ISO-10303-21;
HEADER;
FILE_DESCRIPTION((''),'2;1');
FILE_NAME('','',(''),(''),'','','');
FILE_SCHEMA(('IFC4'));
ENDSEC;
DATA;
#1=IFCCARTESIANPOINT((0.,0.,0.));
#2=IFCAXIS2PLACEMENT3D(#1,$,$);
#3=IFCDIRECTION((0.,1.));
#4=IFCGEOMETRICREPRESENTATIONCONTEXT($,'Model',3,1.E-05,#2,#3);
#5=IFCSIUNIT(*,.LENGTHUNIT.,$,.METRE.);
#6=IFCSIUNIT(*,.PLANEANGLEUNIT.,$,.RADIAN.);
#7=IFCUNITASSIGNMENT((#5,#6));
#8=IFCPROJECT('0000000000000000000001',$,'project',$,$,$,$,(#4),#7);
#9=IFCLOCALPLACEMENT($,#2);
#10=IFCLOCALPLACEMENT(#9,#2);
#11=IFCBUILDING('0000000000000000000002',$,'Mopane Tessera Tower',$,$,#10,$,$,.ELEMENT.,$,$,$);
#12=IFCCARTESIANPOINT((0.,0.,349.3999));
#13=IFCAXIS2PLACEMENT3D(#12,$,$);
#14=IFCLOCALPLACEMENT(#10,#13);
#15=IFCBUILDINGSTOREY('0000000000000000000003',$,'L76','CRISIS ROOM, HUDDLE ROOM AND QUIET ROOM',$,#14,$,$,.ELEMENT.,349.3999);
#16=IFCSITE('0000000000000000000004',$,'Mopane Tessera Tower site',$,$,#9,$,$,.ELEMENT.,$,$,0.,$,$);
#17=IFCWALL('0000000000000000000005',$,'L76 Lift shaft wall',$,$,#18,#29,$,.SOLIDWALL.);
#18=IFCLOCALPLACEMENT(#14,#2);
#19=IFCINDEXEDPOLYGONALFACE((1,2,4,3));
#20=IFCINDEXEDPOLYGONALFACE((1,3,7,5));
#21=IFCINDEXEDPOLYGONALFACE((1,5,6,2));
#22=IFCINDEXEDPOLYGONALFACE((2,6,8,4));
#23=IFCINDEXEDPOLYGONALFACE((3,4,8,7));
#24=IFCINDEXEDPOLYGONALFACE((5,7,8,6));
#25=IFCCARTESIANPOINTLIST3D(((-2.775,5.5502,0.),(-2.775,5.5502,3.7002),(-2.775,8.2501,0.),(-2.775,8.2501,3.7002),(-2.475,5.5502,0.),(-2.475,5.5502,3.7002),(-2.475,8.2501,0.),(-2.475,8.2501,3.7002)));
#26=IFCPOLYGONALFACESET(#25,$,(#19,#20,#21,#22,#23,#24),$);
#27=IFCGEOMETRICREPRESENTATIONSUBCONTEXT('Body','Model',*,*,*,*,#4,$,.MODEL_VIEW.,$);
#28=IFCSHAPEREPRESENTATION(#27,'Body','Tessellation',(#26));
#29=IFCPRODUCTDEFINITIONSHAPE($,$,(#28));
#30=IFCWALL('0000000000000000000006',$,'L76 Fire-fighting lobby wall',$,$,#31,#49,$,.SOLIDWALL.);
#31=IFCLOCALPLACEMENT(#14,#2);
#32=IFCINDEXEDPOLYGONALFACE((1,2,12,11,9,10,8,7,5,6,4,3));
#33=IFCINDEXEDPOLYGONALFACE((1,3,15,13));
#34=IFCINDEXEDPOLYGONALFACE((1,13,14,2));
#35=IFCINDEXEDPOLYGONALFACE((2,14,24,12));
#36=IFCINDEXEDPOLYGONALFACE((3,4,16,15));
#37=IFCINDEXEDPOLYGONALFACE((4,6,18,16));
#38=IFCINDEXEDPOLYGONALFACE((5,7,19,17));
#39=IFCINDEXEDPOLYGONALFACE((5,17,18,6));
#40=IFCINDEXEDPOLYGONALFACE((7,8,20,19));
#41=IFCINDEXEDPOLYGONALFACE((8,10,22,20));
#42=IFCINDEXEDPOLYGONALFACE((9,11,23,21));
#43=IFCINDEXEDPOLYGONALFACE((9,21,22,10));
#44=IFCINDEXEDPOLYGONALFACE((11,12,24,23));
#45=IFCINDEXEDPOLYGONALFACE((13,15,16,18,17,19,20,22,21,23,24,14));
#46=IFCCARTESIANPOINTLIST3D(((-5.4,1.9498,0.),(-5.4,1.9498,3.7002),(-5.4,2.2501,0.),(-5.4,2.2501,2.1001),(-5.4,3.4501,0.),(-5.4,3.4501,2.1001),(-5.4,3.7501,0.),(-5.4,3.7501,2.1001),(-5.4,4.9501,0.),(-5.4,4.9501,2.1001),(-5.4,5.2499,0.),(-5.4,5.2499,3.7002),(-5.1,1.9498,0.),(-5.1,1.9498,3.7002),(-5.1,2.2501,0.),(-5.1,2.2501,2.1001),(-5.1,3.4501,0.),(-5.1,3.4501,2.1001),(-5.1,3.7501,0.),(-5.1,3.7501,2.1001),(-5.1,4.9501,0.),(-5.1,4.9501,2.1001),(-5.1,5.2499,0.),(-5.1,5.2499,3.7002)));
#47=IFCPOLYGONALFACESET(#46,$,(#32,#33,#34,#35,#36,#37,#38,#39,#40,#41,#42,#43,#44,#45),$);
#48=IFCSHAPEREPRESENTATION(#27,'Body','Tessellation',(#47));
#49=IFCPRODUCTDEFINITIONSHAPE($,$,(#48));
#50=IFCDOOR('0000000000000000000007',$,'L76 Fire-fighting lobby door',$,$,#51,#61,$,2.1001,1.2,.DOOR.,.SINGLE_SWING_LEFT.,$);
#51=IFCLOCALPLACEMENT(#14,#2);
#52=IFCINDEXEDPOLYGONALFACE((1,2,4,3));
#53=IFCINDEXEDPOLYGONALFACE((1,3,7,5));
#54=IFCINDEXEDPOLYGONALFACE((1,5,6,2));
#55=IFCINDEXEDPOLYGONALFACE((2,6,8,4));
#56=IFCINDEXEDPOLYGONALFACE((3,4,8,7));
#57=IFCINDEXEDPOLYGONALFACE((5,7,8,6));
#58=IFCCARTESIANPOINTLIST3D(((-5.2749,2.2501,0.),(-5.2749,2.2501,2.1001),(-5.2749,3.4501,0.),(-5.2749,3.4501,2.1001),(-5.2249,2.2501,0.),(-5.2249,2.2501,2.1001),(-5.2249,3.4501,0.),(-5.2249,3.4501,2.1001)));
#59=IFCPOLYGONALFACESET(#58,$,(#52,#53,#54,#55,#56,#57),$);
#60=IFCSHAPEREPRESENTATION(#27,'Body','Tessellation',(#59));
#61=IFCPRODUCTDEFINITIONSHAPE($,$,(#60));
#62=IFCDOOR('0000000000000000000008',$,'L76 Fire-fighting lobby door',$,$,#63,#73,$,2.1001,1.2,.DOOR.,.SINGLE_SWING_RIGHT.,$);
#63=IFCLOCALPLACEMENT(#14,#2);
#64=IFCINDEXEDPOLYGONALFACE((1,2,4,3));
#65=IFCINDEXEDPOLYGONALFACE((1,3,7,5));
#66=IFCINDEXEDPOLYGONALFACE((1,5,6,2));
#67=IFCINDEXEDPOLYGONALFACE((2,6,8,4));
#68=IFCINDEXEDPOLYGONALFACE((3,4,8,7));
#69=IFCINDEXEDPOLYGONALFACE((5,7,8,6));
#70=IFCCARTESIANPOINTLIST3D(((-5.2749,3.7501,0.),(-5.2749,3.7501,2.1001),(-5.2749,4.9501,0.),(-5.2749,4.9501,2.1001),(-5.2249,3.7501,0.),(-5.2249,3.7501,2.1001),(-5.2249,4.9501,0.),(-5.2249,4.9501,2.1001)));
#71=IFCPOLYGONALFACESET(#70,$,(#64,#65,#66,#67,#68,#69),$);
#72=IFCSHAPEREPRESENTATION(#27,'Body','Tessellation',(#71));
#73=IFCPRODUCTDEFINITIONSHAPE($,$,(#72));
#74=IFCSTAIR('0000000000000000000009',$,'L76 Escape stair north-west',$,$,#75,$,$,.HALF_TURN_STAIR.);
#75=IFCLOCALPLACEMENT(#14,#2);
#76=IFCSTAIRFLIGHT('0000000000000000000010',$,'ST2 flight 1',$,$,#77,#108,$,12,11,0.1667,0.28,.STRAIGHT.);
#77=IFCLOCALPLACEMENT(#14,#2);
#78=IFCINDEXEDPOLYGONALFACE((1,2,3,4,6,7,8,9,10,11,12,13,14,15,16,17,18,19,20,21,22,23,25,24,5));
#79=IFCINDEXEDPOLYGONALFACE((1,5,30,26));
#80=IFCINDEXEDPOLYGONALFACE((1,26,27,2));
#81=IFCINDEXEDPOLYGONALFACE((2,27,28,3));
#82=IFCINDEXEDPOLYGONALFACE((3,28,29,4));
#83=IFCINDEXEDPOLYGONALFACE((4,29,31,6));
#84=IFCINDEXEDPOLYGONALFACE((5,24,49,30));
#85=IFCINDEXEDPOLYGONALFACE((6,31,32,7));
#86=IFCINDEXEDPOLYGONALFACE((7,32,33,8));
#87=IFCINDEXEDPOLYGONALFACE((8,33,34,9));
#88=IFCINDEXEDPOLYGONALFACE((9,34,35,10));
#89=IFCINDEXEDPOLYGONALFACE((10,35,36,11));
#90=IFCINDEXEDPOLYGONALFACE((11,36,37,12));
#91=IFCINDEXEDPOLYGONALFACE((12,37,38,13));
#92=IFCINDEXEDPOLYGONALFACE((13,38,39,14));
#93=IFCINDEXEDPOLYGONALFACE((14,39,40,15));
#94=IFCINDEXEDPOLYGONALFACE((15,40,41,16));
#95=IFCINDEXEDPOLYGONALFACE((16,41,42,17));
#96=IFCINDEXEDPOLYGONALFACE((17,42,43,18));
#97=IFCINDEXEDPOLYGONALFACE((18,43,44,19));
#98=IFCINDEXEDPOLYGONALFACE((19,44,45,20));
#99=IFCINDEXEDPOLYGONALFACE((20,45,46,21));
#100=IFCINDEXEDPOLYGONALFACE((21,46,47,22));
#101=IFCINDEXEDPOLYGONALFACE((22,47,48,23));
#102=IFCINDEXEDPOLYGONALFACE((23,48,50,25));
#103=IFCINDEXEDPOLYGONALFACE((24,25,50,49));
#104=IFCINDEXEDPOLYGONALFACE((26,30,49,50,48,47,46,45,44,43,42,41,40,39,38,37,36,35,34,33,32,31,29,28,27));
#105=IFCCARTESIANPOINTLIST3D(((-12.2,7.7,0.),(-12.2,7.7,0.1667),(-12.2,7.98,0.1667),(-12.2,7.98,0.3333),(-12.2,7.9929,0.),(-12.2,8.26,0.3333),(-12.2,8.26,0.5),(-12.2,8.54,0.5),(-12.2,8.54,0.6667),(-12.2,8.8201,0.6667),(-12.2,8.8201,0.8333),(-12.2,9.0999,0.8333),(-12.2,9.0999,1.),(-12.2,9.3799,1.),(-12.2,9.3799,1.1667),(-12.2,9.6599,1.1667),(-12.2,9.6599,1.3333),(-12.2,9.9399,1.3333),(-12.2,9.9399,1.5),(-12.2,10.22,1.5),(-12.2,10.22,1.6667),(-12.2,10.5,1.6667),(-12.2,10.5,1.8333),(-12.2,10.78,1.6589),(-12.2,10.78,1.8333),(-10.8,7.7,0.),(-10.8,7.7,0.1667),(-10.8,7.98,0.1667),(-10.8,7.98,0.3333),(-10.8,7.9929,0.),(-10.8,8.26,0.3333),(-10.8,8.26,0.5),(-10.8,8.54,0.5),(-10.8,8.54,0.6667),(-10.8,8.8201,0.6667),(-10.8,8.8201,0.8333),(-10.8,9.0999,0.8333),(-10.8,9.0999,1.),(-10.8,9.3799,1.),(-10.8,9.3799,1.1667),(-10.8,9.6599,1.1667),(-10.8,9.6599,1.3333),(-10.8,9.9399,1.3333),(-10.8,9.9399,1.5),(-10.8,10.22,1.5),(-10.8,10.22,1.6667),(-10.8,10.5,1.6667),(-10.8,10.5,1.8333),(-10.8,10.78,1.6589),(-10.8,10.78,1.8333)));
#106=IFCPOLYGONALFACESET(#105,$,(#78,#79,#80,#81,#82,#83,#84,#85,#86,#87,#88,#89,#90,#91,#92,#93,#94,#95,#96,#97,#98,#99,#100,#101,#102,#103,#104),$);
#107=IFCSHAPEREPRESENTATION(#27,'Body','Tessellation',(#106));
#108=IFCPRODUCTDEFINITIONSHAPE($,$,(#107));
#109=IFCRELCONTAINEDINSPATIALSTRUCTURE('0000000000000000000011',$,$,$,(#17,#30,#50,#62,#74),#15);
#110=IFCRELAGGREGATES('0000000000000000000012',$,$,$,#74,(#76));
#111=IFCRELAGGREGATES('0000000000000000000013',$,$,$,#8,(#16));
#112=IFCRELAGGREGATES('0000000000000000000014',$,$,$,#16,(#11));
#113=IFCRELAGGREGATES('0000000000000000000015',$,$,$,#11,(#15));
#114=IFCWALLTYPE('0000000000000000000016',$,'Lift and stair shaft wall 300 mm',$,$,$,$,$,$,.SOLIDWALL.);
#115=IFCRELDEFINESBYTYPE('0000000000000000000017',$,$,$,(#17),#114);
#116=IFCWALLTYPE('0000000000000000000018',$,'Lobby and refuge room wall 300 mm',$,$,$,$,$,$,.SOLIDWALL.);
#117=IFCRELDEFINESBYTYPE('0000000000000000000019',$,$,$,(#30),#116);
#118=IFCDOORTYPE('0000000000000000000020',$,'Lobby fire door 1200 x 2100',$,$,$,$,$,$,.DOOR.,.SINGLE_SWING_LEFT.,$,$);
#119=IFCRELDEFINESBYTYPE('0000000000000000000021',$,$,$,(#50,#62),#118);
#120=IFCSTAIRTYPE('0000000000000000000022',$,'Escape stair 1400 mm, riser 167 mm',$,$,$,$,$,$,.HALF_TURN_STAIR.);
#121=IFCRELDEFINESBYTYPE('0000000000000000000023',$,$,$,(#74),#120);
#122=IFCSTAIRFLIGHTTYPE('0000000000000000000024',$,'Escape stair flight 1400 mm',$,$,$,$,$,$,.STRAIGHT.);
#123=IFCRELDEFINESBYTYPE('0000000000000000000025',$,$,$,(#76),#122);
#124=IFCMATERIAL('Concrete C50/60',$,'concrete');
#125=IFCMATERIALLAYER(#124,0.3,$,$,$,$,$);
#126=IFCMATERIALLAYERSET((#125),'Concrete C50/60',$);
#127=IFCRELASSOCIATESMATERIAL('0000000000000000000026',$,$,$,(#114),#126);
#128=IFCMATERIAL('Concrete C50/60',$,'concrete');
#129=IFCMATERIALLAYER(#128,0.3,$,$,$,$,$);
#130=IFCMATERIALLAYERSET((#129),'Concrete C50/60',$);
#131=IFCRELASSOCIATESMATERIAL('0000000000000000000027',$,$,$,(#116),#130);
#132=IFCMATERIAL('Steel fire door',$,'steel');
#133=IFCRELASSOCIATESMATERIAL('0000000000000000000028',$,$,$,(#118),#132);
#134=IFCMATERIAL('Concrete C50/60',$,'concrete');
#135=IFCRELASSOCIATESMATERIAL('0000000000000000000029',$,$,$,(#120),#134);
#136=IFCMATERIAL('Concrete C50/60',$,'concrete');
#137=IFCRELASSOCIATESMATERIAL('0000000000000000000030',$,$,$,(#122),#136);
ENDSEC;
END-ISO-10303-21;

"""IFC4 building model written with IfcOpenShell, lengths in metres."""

from ifc_helpers import new_model, si_unit, direction, frame, frame_2d, origin, place, context, subcontext, project, spatial, polyline, rectangle, outline, extrude, material, layer, layer_set, type_object, element, fill, aggregate, save


model = new_model("IFC4")

# Units and contexts
model_context = context("Model", 3, precision=1e-05, world=origin(), true_north=direction((0.0, 1.0)))
body_context = subcontext(model_context, "Body", "Model", "MODEL_VIEW")
ifc_project = project(units=[si_unit("LENGTHUNIT", "METRE"), si_unit("PLANEANGLEUNIT", "RADIAN")], contexts=[model_context])

# Site, building, storey
site_placement = place(None, origin())
site = spatial("IfcSite", under=ifc_project, at=site_placement, Name="Mopane Tessera Tower site", CompositionType="ELEMENT", RefElevation=0.0)
building_placement = place(site_placement, origin())
building = spatial("IfcBuilding", under=site, at=building_placement, Name="Mopane Tessera Tower", CompositionType="ELEMENT")
storey_placement = place(building_placement, frame((0.0, 0.0, 349.3999)))
storey = spatial("IfcBuildingStorey", under=building, at=storey_placement, Name="L76", Description="CRISIS ROOM, HUDDLE ROOM AND QUIET ROOM", CompositionType="ELEMENT", Elevation=349.3999)

# Shared definitions
ifc_material_1 = material(Name="Concrete C50/60", Category="concrete")
ifc_layer_1 = layer(ifc_material_1, 0.3)
ifc_layer_set_1 = layer_set([ifc_layer_1], Name="Concrete C50/60")
wall_type_1 = type_object("IfcWallType", Name="Lift and stair shaft wall 300 mm", PredefinedType="SOLIDWALL", material=ifc_layer_set_1)

# Wall
for number, where, z_axis, x_axis, name in (
    (1, (-2.625, 5.55, 0.0), (0.0, 0.0, 1.0), (0.0, 1.0, 0.0), "L76 Lift shaft wall"),
):
    element("IfcWall", number, at=place(storey_placement, frame(where, z_axis=z_axis, x_axis=x_axis)), inside=storey, type_object=wall_type_1, Name=name, PredefinedType="SOLIDWALL", context=body_context, shape_type="SweptSolid", body=[
        extrude(rectangle(XDim=2.7, YDim=0.3, at=frame_2d((1.3501, 0.0))), origin(), (0.0, 0.0, 1.0), 3.7002),
    ])

# Wall, openings, doors
ifc_material_2 = material(Name="Concrete C50/60", Category="concrete")
ifc_layer_2 = layer(ifc_material_2, 0.3)
ifc_layer_set_2 = layer_set([ifc_layer_2], Name="Concrete C50/60")
wall_type_2 = type_object("IfcWallType", Name="Lobby and refuge room wall 300 mm", PredefinedType="SOLIDWALL", material=ifc_layer_set_2)
wall_1_placement = place(storey_placement, frame((-5.25, 1.95, 0.0), z_axis=(0.0, 0.0, 1.0), x_axis=(0.0, 1.0, 0.0)))
wall_1 = element("IfcWall", 2, at=wall_1_placement, inside=storey, type_object=wall_type_2, Name="L76 Fire-fighting lobby wall", PredefinedType="SOLIDWALL", context=body_context, shape_type="SweptSolid", body=[
    extrude(rectangle(XDim=3.3, YDim=0.3, at=frame_2d((1.6499, 0.0))), origin(), (0.0, 0.0, 1.0), 3.7002),
])
opening_1_placement = place(wall_1_placement, frame((0.3, 0.0, 0.0)))
opening_1 = element("IfcOpeningElement", 3, at=opening_1_placement, cuts=wall_1, PredefinedType="OPENING", context=body_context, shape_type="SweptSolid", body=[
    extrude(rectangle(XDim=1.2, YDim=2.1001, at=frame_2d((0.6001, 1.05))), frame((0.0, 0.1621, 0.0), z_axis=(0.0, -1.0, 0.0), x_axis=(1.0, 0.0, 0.0)), (0.0, 0.0, 1.0), 0.324),
])
opening_2_placement = place(wall_1_placement, frame((1.8, 0.0, 0.0)))
opening_2 = element("IfcOpeningElement", 4, at=opening_2_placement, cuts=wall_1, PredefinedType="OPENING", context=body_context, shape_type="SweptSolid", body=[
    extrude(rectangle(XDim=1.2, YDim=2.1001, at=frame_2d((0.6001, 1.05))), frame((0.0, 0.1621, 0.0), z_axis=(0.0, -1.0, 0.0), x_axis=(1.0, 0.0, 0.0)), (0.0, 0.0, 1.0), 0.324),
])
ifc_material_3 = material(Name="Steel fire door", Category="steel")
door_type_1 = type_object("IfcDoorType", Name="Lobby fire door 1200 x 2100", OperationType="SINGLE_SWING_LEFT", PredefinedType="DOOR", material=ifc_material_3)
door_1_placement = place(opening_1_placement, origin())
door_1 = element("IfcDoor", 5, at=door_1_placement, inside=storey, type_object=door_type_1, Name="L76 Fire-fighting lobby door", OperationType="SINGLE_SWING_LEFT", OverallHeight=2.1001, OverallWidth=1.2, PredefinedType="DOOR", context=body_context, shape_type="SweptSolid", body=[
    extrude(rectangle(XDim=1.2, YDim=2.1001, at=frame_2d((0.6001, 1.05))), frame((0.0, 0.0249, 0.0), z_axis=(0.0, -1.0, 0.0), x_axis=(1.0, 0.0, 0.0)), (0.0, 0.0, 1.0), 0.05),
])
fill(opening_1, door_1)
door_2_placement = place(opening_2_placement, origin())
door_2 = element("IfcDoor", 6, at=door_2_placement, inside=storey, type_object=door_type_1, Name="L76 Fire-fighting lobby door", OperationType="SINGLE_SWING_RIGHT", OverallHeight=2.1001, OverallWidth=1.2, PredefinedType="DOOR", context=body_context, shape_type="SweptSolid", body=[
    extrude(rectangle(XDim=1.2, YDim=2.1001, at=frame_2d((0.6001, 1.05))), frame((0.0, 0.0249, 0.0), z_axis=(0.0, -1.0, 0.0), x_axis=(1.0, 0.0, 0.0)), (0.0, 0.0, 1.0), 0.05),
])
fill(opening_2, door_2)

# Stair, stair flight
ifc_material_4 = material(Name="Concrete C50/60", Category="concrete")
stair_type = type_object("IfcStairType", Name="Escape stair 1400 mm, riser 167 mm", PredefinedType="HALF_TURN_STAIR", material=ifc_material_4)
stair_placement = place(storey_placement, origin())
stair = element("IfcStair", 7, at=stair_placement, inside=storey, type_object=stair_type, Name="L76 Escape stair north-west", PredefinedType="HALF_TURN_STAIR")
ifc_material_5 = material(Name="Concrete C50/60", Category="concrete")
stair_flight_type = type_object("IfcStairFlightType", Name="Escape stair flight 1400 mm", PredefinedType="STRAIGHT", material=ifc_material_5)
stair_flight_placement = place(storey_placement, frame((-11.5, 7.7, 0.0), z_axis=(0.0, 0.0, 1.0), x_axis=(0.0, 1.0, 0.0)))
stair_flight = element("IfcStairFlight", 8, at=stair_flight_placement, type_object=stair_flight_type, Name="ST2 flight 1", NumberOfRisers=12, NumberOfTreads=11, PredefinedType="STRAIGHT", RiserHeight=0.1667, TreadLength=0.28, context=body_context, shape_type="SweptSolid", body=[
    extrude(outline(polyline([(0.0, 0.0), (0.0, 0.1667), (0.28, 0.1667), (0.28, 0.3333), (0.5601, 0.3333), (0.5601, 0.5), (0.8401, 0.5), (0.8401, 0.6667), (1.1201, 0.6667), (1.1201, 0.8333), (1.3999, 0.8333), (1.3999, 1.0), (1.6799, 1.0), (1.6799, 1.1667), (1.96, 1.1667), (1.96, 1.3333), (2.24, 1.3333), (2.24, 1.5), (2.52, 1.5), (2.52, 1.6667), (2.8, 1.6667), (2.8, 1.8333), (3.0801, 1.8333), (3.0801, 2.0), (3.0801, 1.6589), (0.293, 0.0), (0.0, 0.0)])), frame((0.0, 0.7, 0.0), z_axis=(0.0, -1.0, 0.0), x_axis=(1.0, 0.0, 0.0)), (0.0, 0.0, 1.0), 1.3999),
])
aggregate(stair, [stair_flight])

save(model, "model.ifc")
